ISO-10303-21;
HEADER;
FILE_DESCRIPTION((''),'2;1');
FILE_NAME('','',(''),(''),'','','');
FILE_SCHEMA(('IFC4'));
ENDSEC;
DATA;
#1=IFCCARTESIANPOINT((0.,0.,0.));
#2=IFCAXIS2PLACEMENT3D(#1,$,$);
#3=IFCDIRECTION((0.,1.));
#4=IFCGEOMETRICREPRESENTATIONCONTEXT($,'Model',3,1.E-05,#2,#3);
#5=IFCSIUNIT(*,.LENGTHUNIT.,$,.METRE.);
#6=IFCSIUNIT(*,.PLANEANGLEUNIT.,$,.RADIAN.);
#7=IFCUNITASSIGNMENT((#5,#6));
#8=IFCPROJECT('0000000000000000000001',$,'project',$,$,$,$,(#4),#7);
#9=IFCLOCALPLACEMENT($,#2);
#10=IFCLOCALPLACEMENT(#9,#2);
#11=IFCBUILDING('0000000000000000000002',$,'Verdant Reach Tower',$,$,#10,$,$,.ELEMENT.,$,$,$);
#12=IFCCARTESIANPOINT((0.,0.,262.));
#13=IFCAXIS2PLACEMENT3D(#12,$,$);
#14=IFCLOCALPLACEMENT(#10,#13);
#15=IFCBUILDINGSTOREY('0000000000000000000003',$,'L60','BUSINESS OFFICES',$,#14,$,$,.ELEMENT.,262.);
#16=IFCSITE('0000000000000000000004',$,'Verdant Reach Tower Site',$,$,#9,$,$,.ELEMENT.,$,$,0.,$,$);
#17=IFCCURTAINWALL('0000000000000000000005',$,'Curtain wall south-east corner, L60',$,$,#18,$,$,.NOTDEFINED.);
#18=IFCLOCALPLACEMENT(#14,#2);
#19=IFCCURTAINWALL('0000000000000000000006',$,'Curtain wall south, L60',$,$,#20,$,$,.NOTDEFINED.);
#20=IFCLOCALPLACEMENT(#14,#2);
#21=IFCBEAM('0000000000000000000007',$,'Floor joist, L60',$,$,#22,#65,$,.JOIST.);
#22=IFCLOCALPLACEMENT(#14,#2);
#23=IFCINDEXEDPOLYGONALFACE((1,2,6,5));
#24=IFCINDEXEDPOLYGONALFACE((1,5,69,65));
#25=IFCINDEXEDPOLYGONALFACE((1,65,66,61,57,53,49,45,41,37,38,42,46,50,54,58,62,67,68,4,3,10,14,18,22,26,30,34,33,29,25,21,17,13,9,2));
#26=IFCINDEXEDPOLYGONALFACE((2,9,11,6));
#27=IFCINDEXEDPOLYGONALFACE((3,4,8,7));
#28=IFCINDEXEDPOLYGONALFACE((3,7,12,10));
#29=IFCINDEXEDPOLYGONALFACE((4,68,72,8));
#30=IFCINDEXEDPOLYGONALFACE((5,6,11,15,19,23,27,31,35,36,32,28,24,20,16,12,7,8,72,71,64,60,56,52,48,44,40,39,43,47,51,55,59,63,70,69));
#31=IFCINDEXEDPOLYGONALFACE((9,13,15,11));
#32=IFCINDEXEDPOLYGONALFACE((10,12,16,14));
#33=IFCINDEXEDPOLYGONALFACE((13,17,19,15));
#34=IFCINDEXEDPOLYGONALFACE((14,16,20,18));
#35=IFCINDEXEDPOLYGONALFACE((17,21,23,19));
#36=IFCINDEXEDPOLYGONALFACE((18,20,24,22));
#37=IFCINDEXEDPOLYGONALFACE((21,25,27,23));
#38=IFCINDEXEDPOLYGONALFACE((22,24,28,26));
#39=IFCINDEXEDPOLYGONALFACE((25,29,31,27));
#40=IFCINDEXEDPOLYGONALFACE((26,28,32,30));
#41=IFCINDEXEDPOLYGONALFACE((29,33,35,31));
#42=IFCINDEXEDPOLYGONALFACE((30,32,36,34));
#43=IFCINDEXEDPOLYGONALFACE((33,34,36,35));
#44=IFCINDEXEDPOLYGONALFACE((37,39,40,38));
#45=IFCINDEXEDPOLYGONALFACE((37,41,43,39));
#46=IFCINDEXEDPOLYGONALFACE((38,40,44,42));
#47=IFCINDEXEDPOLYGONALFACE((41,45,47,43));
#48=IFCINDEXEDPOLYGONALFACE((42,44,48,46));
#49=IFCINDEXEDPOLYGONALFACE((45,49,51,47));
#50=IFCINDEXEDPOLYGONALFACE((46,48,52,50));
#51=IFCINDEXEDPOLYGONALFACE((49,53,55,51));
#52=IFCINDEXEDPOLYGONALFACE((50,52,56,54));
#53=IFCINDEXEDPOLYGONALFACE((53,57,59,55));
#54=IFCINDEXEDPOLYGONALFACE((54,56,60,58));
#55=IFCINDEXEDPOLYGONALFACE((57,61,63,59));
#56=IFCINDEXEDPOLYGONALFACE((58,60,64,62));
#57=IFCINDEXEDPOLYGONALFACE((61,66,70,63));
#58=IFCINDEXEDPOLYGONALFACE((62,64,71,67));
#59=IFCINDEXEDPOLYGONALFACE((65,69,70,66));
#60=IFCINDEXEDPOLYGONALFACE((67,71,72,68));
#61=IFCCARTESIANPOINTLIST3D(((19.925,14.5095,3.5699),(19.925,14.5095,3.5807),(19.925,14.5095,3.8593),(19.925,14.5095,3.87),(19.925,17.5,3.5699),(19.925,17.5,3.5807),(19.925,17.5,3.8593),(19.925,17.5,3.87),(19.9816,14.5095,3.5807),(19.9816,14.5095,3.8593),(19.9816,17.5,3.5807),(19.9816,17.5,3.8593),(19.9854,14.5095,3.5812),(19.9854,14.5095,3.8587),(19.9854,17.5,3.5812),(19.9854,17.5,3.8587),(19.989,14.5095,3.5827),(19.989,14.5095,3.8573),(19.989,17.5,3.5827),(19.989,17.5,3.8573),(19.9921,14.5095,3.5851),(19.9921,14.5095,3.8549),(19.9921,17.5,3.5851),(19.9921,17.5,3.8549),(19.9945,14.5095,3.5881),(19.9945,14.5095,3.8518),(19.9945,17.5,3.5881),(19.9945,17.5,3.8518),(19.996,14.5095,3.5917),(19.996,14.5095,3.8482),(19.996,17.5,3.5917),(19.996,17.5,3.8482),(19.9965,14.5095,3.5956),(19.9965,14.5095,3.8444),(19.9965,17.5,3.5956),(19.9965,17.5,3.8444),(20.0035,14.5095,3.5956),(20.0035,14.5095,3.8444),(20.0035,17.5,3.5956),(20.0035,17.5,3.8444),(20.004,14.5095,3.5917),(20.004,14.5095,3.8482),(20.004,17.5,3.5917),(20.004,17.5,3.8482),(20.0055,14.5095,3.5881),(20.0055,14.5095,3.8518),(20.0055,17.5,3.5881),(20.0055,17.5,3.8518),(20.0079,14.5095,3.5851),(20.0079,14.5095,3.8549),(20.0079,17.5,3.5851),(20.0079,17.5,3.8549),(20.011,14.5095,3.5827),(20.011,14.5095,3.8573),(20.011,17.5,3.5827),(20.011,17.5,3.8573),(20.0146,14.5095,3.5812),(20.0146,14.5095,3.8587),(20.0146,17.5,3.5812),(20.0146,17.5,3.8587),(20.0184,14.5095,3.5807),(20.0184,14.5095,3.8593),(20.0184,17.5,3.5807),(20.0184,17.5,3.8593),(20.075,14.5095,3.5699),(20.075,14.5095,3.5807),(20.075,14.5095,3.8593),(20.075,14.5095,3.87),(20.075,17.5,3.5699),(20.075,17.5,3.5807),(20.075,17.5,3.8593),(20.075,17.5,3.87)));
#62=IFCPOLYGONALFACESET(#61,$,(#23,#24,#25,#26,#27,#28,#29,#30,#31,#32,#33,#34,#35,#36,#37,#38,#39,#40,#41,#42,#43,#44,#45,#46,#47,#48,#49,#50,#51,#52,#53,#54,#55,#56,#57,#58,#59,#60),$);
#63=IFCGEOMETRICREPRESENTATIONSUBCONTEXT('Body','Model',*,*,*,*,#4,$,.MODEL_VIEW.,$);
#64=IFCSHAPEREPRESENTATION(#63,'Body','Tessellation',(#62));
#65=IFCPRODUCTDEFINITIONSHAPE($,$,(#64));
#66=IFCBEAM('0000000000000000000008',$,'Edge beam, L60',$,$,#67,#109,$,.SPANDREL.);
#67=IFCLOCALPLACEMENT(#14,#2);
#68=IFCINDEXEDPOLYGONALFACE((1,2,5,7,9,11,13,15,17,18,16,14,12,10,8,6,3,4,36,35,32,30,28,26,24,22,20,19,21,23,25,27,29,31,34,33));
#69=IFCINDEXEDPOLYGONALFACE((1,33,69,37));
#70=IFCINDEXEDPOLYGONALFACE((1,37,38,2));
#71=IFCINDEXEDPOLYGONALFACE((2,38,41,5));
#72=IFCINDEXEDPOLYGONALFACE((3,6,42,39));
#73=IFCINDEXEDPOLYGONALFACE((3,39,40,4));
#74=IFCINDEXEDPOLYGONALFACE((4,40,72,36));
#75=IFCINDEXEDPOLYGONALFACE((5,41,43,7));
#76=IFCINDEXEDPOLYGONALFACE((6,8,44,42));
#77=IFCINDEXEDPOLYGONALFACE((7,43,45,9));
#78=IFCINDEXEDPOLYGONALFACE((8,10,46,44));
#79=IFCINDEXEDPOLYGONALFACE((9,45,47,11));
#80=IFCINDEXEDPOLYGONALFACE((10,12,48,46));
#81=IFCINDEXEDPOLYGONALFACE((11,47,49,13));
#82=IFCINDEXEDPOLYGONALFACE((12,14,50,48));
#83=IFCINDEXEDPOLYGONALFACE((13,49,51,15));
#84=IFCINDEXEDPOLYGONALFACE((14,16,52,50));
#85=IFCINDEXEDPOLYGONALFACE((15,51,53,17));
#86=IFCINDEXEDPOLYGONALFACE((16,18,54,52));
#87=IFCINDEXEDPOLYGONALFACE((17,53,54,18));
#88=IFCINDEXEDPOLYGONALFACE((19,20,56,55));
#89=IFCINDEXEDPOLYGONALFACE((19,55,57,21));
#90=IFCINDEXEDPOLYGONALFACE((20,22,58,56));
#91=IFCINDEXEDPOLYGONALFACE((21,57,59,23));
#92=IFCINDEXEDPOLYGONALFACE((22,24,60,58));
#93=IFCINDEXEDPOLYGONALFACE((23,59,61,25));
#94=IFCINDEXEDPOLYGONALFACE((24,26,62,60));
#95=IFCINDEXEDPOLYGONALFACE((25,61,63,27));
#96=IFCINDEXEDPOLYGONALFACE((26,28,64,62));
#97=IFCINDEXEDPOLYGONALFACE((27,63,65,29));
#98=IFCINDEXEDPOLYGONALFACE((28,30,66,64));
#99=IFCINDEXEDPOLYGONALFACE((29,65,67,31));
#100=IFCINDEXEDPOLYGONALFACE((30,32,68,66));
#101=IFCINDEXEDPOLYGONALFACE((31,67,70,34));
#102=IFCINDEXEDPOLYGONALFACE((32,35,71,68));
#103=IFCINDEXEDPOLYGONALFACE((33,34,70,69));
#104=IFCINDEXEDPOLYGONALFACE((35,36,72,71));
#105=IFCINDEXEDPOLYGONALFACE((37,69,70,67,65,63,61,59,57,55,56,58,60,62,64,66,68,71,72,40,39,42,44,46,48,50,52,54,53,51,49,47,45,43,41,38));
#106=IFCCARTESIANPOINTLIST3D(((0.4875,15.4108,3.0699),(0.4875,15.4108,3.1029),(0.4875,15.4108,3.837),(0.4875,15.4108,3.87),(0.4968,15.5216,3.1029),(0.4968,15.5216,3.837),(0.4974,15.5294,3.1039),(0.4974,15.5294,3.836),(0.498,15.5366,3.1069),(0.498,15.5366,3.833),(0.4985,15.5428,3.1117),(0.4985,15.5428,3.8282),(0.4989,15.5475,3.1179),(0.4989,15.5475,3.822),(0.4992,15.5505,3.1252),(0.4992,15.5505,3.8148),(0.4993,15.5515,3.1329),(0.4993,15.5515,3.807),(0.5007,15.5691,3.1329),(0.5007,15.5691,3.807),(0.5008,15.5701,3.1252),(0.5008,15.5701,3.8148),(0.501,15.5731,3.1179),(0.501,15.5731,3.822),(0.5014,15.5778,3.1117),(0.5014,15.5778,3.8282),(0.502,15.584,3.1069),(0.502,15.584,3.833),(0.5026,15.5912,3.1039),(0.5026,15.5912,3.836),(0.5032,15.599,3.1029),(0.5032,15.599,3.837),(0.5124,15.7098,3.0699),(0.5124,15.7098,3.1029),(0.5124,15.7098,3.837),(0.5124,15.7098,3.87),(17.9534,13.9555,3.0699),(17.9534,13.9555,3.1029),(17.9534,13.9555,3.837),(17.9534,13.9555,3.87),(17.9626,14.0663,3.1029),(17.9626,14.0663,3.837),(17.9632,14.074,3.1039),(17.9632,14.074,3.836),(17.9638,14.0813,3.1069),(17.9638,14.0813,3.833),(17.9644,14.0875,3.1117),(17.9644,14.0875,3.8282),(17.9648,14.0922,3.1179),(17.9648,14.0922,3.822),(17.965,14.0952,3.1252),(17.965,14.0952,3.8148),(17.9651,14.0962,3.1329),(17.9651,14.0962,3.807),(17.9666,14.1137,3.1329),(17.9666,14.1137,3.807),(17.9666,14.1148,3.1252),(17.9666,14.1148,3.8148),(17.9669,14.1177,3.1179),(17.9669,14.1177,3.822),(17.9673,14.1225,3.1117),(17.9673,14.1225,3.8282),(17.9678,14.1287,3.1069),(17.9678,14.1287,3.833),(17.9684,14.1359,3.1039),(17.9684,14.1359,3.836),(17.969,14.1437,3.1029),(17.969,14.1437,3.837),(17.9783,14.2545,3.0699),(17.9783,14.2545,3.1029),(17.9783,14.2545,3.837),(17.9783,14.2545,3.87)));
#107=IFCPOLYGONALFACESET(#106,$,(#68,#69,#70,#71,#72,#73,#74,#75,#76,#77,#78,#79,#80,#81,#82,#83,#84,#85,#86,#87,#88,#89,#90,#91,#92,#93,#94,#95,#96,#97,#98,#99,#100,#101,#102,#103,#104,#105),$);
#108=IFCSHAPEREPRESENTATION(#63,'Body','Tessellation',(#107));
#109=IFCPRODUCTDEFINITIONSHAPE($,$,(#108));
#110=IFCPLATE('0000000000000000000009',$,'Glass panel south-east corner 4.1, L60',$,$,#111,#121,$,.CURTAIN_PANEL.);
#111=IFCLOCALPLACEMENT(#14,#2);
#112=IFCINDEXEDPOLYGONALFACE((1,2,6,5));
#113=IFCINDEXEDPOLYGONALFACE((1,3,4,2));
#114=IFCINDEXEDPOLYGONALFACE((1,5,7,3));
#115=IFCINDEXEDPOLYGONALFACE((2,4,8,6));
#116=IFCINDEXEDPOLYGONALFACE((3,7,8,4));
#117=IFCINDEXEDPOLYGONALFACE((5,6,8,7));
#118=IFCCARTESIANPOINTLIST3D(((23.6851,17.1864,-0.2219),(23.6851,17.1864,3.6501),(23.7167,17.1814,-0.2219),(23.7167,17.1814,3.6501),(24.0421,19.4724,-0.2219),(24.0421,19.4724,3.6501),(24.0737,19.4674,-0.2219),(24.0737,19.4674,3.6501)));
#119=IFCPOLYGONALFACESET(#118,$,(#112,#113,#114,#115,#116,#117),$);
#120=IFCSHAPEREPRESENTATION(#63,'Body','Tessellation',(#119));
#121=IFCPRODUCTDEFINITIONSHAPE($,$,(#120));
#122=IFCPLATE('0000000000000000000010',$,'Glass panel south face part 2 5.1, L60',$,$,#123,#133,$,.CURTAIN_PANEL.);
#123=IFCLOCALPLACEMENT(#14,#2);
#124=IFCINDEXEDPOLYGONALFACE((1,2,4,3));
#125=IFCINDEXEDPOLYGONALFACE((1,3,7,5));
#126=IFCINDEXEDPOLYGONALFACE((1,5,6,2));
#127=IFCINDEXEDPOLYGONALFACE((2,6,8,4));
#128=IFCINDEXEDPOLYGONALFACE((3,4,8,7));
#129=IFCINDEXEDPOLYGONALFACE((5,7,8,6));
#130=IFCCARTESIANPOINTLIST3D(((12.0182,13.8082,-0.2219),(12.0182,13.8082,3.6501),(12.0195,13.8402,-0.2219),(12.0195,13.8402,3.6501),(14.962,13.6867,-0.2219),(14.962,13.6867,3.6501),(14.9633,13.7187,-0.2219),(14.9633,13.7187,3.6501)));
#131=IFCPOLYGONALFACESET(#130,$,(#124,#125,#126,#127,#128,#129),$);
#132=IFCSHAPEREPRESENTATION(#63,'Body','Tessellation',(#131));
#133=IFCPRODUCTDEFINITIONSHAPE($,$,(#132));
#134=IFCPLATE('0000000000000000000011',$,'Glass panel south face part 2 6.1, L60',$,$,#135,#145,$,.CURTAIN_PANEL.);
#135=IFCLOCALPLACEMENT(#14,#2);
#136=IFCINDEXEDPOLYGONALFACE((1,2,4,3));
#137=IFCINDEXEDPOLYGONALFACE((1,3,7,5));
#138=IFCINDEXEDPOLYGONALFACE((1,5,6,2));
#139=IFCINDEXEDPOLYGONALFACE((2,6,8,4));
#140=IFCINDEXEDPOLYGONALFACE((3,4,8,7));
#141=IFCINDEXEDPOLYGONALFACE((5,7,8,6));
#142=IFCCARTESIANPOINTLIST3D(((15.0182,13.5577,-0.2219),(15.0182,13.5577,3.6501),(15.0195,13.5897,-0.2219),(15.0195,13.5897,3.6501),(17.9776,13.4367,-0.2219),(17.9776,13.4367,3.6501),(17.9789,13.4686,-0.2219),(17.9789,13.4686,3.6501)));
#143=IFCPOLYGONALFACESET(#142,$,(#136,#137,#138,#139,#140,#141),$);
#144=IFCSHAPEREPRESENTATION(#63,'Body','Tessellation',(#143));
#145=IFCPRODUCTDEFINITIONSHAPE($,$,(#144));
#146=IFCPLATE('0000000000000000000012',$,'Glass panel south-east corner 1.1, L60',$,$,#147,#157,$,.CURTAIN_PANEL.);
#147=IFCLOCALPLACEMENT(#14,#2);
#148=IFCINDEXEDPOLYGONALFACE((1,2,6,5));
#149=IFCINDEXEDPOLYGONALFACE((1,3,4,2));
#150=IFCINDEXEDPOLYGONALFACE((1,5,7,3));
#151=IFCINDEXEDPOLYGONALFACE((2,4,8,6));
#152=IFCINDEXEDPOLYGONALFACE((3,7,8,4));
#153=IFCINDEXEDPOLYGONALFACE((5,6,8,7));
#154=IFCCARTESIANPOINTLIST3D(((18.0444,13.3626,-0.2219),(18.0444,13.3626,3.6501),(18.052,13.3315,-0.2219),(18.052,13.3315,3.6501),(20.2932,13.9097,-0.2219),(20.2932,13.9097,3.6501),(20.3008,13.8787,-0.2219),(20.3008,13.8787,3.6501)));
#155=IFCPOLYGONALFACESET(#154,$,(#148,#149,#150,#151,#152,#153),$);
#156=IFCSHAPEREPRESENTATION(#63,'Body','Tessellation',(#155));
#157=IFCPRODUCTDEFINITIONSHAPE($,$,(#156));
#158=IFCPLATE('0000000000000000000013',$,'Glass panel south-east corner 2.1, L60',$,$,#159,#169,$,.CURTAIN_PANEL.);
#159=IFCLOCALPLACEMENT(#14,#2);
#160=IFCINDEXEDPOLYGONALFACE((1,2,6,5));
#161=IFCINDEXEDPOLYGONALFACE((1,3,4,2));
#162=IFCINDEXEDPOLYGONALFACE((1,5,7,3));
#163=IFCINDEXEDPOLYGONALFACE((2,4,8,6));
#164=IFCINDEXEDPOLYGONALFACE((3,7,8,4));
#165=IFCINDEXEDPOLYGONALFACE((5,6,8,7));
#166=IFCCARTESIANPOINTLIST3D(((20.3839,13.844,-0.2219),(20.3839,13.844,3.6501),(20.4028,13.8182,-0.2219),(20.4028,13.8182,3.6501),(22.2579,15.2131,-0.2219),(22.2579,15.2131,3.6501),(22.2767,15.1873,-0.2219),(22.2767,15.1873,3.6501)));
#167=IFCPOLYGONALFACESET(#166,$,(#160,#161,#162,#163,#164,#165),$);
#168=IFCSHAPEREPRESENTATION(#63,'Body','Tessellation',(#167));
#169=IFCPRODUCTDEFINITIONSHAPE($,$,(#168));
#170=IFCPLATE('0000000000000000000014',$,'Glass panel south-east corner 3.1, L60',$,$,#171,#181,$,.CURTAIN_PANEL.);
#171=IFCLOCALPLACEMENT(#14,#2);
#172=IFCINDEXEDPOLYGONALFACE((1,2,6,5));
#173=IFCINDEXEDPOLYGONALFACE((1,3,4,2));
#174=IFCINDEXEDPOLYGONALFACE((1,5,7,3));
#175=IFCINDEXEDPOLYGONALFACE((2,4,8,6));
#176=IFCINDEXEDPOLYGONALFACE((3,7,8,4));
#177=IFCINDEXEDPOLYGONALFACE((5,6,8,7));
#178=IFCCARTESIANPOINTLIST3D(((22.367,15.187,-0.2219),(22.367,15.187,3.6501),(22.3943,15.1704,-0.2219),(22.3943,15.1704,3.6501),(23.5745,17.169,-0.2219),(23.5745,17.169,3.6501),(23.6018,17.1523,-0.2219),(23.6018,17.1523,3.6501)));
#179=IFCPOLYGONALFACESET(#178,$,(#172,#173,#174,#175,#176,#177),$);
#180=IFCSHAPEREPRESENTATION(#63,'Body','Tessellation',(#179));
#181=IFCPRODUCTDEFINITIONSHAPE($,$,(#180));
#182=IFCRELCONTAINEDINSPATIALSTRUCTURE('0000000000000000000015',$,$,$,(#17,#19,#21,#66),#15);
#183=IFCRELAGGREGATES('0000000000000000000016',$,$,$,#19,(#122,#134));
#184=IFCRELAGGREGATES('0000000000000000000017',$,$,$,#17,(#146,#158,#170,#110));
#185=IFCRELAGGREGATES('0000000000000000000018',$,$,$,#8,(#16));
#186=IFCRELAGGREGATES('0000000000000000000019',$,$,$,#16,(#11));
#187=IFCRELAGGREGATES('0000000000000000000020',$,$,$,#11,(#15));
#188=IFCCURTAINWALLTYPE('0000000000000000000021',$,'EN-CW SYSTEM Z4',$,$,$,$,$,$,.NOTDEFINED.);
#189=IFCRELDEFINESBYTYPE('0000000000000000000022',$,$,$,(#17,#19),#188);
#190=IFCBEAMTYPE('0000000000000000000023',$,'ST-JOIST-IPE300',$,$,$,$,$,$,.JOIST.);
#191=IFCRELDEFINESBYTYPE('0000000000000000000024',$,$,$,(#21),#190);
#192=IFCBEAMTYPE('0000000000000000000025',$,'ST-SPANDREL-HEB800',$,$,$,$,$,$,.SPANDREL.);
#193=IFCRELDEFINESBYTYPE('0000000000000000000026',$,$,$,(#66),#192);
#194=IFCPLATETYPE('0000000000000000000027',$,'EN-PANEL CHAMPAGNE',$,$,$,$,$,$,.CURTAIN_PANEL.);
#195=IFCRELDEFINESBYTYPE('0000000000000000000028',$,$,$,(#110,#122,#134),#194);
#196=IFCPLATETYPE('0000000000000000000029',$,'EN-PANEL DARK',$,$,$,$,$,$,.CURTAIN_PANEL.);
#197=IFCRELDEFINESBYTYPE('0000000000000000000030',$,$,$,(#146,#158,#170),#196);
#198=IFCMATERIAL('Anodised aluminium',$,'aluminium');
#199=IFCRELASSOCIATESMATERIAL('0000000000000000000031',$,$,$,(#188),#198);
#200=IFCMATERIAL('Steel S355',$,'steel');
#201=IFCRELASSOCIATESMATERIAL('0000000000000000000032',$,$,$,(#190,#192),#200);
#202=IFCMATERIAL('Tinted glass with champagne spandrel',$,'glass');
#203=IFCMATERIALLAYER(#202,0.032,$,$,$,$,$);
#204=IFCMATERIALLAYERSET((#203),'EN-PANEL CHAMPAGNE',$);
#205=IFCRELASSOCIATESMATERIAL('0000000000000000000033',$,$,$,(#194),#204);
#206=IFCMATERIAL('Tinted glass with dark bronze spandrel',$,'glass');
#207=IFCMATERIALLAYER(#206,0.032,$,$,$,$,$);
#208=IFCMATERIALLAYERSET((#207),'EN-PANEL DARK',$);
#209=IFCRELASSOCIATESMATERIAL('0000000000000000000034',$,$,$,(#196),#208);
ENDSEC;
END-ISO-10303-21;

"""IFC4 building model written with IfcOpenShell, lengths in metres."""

from ifc_helpers import new_model, si_unit, direction, frame, origin, origin_2d, place, context, subcontext, project, spatial, rectangle, i_section, extrude, material, layer, layer_set, material_profile, profile_set, type_object, element, aggregate, save


model = new_model("IFC4")

# Units and contexts
model_context = context("Model", 3, precision=1e-05, world=origin(), true_north=direction((0.0, 1.0)))
body_context = subcontext(model_context, "Body", "Model", "MODEL_VIEW")
ifc_project = project(units=[si_unit("LENGTHUNIT", "METRE"), si_unit("PLANEANGLEUNIT", "RADIAN")], contexts=[model_context])

# Site, building, storey
site_placement = place(None, origin())
site = spatial("IfcSite", under=ifc_project, at=site_placement, Name="Verdant Reach Tower Site", CompositionType="ELEMENT", RefElevation=0.0)
building_placement = place(site_placement, origin())
building = spatial("IfcBuilding", under=site, at=building_placement, Name="Verdant Reach Tower", CompositionType="ELEMENT")
storey_placement = place(building_placement, frame((0.0, 0.0, 262.0)))
storey = spatial("IfcBuildingStorey", under=building, at=storey_placement, Name="L60", Description="BUSINESS OFFICES", CompositionType="ELEMENT", Elevation=262.0)

# Curtain wall
ifc_material_1 = material(Name="Anodised aluminium", Category="aluminium")
curtain_wall_type = type_object("IfcCurtainWallType", Name="EN-CW SYSTEM Z4", PredefinedType="NOTDEFINED", material=ifc_material_1)
curtain_wall_1_placement = place(storey_placement, origin())
curtain_wall_1 = element("IfcCurtainWall", 1, at=curtain_wall_1_placement, inside=storey, type_object=curtain_wall_type, Name="Curtain wall south-east corner, L60", PredefinedType="NOTDEFINED")

# Curtain wall
curtain_wall_2_placement = place(storey_placement, origin())
curtain_wall_2 = element("IfcCurtainWall", 2, at=curtain_wall_2_placement, inside=storey, type_object=curtain_wall_type, Name="Curtain wall south, L60", PredefinedType="NOTDEFINED")

# Beams
ifc_material_2 = material(Name="Steel S355", Category="steel")
ifc_material_profile_1 = material_profile(ifc_material_2, i_section(OverallWidth=0.1499, OverallDepth=0.3, WebThickness=0.0071, FlangeThickness=0.0107, FilletRadius=0.0149, at=origin_2d()), Name="IPE 300")
ifc_profile_set_1 = profile_set([ifc_material_profile_1], Name="Steel S355")
beam_type_1 = type_object("IfcBeamType", Name="ST-JOIST-IPE300", PredefinedType="JOIST", material=ifc_profile_set_1)
beam_1_placement = place(storey_placement, frame((20.0, 17.5, 3.72), z_axis=(0.0, -1.0, 0.0), x_axis=(1.0, 0.0, 0.0)))
element("IfcBeam", 3, at=beam_1_placement, inside=storey, type_object=beam_type_1, Name="Floor joist, L60", PredefinedType="JOIST", context=body_context, shape_type="SweptSolid", body=[
    extrude(i_section(OverallWidth=0.1499, OverallDepth=0.3, WebThickness=0.0071, FlangeThickness=0.0107, FilletRadius=0.0149, at=origin_2d()), origin(), (0.0, 0.0, 1.0), 2.9905),
])
ifc_material_profile_2 = material_profile(ifc_material_2, i_section(OverallWidth=0.3, OverallDepth=0.8, WebThickness=0.0176, FlangeThickness=0.033, FilletRadius=0.03, at=origin_2d()), Name="HEB 800")
ifc_profile_set_2 = profile_set([ifc_material_profile_2], Name="Steel S355")
beam_type_2 = type_object("IfcBeamType", Name="ST-SPANDREL-HEB800", PredefinedType="SPANDREL", material=ifc_profile_set_2)
beam_2_placement = place(storey_placement, frame((17.9658, 14.105, 3.47), z_axis=(-0.996547, 0.083036, 0.0), x_axis=(-0.083036, -0.996547, 0.0)))
element("IfcBeam", 4, at=beam_2_placement, inside=storey, type_object=beam_type_2, Name="Edge beam, L60", PredefinedType="SPANDREL", context=body_context, shape_type="SweptSolid", body=[
    extrude(i_section(OverallWidth=0.3, OverallDepth=0.8, WebThickness=0.0176, FlangeThickness=0.033, FilletRadius=0.03, at=origin_2d()), origin(), (0.0, 0.0, 1.0), 17.5264),
])

# Plates
ifc_material_3 = material(Name="Tinted glass with champagne spandrel", Category="glass")
ifc_layer_1 = layer(ifc_material_3, 0.032)
ifc_layer_set_1 = layer_set([ifc_layer_1], Name="EN-PANEL CHAMPAGNE")
plate_type_1 = type_object("IfcPlateType", Name="EN-PANEL CHAMPAGNE", PredefinedType="CURTAIN_PANEL", material=ifc_layer_set_1)
plate_1_placement = place(storey_placement, frame((23.8794, 18.3269, -0.2219), z_axis=(0.0, 0.0, 1.0), x_axis=(0.154325, 0.98802, 0.0)))
plate_1 = element("IfcPlate", 5, at=plate_1_placement, type_object=plate_type_1, Name="Glass panel south-east corner 4.1, L60", PredefinedType="CURTAIN_PANEL", context=body_context, shape_type="SweptSolid", body=[
    extrude(rectangle(XDim=2.3137, YDim=0.032, at=origin_2d()), origin(), (0.0, 0.0, 1.0), 3.8721),
])
plate_2_placement = place(storey_placement, frame((13.4907, 13.7634, -0.2219), z_axis=(0.0, 0.0, 1.0), x_axis=(0.999149, -0.041242, 0.0)))
plate_2 = element("IfcPlate", 6, at=plate_2_placement, type_object=plate_type_1, Name="Glass panel south face part 2 5.1, L60", PredefinedType="CURTAIN_PANEL", context=body_context, shape_type="SweptSolid", body=[
    extrude(rectangle(XDim=2.9463, YDim=0.032, at=origin_2d()), origin(), (0.0, 0.0, 1.0), 3.8721),
])
plate_3_placement = place(storey_placement, frame((16.4985, 13.5132, -0.2219), z_axis=(0.0, 0.0, 1.0), x_axis=(0.999164, -0.040881, 0.0)))
plate_3 = element("IfcPlate", 7, at=plate_3_placement, type_object=plate_type_1, Name="Glass panel south face part 2 6.1, L60", PredefinedType="CURTAIN_PANEL", context=body_context, shape_type="SweptSolid", body=[
    extrude(rectangle(XDim=2.9619, YDim=0.032, at=origin_2d()), origin(), (0.0, 0.0, 1.0), 3.8721),
])
aggregate(curtain_wall_2, [plate_2, plate_3])
ifc_material_4 = material(Name="Tinted glass with dark bronze spandrel", Category="glass")
ifc_layer_2 = layer(ifc_material_4, 0.032)
ifc_layer_set_2 = layer_set([ifc_layer_2], Name="EN-PANEL DARK")
plate_type_2 = type_object("IfcPlateType", Name="EN-PANEL DARK", PredefinedType="CURTAIN_PANEL", material=ifc_layer_set_2)
plate_4_placement = place(storey_placement, frame((19.1726, 13.6206, -0.2219), z_axis=(0.0, 0.0, 1.0), x_axis=(0.971652, 0.236414, 0.0)))
plate_4 = element("IfcPlate", 8, at=plate_4_placement, type_object=plate_type_2, Name="Glass panel south-east corner 1.1, L60", PredefinedType="CURTAIN_PANEL", context=body_context, shape_type="SweptSolid", body=[
    extrude(rectangle(XDim=2.3145, YDim=0.032, at=origin_2d()), origin(), (0.0, 0.0, 1.0), 3.8721),
])
plate_5_placement = place(storey_placement, frame((21.3303, 14.5156, -0.2219), z_axis=(0.0, 0.0, 1.0), x_axis=(0.807457, 0.589927, 0.0)))
plate_5 = element("IfcPlate", 9, at=plate_5_placement, type_object=plate_type_2, Name="Glass panel south-east corner 2.1, L60", PredefinedType="CURTAIN_PANEL", context=body_context, shape_type="SweptSolid", body=[
    extrude(rectangle(XDim=2.3208, YDim=0.032, at=origin_2d()), origin(), (0.0, 0.0, 1.0), 3.8721),
])
plate_6_placement = place(storey_placement, frame((22.9844, 16.1697, -0.2219), z_axis=(0.0, 0.0, 1.0), x_axis=(0.520292, 0.853989, 0.0)))
plate_6 = element("IfcPlate", 10, at=plate_6_placement, type_object=plate_type_2, Name="Glass panel south-east corner 3.1, L60", PredefinedType="CURTAIN_PANEL", context=body_context, shape_type="SweptSolid", body=[
    extrude(rectangle(XDim=2.3208, YDim=0.032, at=origin_2d()), origin(), (0.0, 0.0, 1.0), 3.8721),
])
aggregate(curtain_wall_1, [plate_4, plate_5, plate_6, plate_1])

save(model, "model.ifc")
